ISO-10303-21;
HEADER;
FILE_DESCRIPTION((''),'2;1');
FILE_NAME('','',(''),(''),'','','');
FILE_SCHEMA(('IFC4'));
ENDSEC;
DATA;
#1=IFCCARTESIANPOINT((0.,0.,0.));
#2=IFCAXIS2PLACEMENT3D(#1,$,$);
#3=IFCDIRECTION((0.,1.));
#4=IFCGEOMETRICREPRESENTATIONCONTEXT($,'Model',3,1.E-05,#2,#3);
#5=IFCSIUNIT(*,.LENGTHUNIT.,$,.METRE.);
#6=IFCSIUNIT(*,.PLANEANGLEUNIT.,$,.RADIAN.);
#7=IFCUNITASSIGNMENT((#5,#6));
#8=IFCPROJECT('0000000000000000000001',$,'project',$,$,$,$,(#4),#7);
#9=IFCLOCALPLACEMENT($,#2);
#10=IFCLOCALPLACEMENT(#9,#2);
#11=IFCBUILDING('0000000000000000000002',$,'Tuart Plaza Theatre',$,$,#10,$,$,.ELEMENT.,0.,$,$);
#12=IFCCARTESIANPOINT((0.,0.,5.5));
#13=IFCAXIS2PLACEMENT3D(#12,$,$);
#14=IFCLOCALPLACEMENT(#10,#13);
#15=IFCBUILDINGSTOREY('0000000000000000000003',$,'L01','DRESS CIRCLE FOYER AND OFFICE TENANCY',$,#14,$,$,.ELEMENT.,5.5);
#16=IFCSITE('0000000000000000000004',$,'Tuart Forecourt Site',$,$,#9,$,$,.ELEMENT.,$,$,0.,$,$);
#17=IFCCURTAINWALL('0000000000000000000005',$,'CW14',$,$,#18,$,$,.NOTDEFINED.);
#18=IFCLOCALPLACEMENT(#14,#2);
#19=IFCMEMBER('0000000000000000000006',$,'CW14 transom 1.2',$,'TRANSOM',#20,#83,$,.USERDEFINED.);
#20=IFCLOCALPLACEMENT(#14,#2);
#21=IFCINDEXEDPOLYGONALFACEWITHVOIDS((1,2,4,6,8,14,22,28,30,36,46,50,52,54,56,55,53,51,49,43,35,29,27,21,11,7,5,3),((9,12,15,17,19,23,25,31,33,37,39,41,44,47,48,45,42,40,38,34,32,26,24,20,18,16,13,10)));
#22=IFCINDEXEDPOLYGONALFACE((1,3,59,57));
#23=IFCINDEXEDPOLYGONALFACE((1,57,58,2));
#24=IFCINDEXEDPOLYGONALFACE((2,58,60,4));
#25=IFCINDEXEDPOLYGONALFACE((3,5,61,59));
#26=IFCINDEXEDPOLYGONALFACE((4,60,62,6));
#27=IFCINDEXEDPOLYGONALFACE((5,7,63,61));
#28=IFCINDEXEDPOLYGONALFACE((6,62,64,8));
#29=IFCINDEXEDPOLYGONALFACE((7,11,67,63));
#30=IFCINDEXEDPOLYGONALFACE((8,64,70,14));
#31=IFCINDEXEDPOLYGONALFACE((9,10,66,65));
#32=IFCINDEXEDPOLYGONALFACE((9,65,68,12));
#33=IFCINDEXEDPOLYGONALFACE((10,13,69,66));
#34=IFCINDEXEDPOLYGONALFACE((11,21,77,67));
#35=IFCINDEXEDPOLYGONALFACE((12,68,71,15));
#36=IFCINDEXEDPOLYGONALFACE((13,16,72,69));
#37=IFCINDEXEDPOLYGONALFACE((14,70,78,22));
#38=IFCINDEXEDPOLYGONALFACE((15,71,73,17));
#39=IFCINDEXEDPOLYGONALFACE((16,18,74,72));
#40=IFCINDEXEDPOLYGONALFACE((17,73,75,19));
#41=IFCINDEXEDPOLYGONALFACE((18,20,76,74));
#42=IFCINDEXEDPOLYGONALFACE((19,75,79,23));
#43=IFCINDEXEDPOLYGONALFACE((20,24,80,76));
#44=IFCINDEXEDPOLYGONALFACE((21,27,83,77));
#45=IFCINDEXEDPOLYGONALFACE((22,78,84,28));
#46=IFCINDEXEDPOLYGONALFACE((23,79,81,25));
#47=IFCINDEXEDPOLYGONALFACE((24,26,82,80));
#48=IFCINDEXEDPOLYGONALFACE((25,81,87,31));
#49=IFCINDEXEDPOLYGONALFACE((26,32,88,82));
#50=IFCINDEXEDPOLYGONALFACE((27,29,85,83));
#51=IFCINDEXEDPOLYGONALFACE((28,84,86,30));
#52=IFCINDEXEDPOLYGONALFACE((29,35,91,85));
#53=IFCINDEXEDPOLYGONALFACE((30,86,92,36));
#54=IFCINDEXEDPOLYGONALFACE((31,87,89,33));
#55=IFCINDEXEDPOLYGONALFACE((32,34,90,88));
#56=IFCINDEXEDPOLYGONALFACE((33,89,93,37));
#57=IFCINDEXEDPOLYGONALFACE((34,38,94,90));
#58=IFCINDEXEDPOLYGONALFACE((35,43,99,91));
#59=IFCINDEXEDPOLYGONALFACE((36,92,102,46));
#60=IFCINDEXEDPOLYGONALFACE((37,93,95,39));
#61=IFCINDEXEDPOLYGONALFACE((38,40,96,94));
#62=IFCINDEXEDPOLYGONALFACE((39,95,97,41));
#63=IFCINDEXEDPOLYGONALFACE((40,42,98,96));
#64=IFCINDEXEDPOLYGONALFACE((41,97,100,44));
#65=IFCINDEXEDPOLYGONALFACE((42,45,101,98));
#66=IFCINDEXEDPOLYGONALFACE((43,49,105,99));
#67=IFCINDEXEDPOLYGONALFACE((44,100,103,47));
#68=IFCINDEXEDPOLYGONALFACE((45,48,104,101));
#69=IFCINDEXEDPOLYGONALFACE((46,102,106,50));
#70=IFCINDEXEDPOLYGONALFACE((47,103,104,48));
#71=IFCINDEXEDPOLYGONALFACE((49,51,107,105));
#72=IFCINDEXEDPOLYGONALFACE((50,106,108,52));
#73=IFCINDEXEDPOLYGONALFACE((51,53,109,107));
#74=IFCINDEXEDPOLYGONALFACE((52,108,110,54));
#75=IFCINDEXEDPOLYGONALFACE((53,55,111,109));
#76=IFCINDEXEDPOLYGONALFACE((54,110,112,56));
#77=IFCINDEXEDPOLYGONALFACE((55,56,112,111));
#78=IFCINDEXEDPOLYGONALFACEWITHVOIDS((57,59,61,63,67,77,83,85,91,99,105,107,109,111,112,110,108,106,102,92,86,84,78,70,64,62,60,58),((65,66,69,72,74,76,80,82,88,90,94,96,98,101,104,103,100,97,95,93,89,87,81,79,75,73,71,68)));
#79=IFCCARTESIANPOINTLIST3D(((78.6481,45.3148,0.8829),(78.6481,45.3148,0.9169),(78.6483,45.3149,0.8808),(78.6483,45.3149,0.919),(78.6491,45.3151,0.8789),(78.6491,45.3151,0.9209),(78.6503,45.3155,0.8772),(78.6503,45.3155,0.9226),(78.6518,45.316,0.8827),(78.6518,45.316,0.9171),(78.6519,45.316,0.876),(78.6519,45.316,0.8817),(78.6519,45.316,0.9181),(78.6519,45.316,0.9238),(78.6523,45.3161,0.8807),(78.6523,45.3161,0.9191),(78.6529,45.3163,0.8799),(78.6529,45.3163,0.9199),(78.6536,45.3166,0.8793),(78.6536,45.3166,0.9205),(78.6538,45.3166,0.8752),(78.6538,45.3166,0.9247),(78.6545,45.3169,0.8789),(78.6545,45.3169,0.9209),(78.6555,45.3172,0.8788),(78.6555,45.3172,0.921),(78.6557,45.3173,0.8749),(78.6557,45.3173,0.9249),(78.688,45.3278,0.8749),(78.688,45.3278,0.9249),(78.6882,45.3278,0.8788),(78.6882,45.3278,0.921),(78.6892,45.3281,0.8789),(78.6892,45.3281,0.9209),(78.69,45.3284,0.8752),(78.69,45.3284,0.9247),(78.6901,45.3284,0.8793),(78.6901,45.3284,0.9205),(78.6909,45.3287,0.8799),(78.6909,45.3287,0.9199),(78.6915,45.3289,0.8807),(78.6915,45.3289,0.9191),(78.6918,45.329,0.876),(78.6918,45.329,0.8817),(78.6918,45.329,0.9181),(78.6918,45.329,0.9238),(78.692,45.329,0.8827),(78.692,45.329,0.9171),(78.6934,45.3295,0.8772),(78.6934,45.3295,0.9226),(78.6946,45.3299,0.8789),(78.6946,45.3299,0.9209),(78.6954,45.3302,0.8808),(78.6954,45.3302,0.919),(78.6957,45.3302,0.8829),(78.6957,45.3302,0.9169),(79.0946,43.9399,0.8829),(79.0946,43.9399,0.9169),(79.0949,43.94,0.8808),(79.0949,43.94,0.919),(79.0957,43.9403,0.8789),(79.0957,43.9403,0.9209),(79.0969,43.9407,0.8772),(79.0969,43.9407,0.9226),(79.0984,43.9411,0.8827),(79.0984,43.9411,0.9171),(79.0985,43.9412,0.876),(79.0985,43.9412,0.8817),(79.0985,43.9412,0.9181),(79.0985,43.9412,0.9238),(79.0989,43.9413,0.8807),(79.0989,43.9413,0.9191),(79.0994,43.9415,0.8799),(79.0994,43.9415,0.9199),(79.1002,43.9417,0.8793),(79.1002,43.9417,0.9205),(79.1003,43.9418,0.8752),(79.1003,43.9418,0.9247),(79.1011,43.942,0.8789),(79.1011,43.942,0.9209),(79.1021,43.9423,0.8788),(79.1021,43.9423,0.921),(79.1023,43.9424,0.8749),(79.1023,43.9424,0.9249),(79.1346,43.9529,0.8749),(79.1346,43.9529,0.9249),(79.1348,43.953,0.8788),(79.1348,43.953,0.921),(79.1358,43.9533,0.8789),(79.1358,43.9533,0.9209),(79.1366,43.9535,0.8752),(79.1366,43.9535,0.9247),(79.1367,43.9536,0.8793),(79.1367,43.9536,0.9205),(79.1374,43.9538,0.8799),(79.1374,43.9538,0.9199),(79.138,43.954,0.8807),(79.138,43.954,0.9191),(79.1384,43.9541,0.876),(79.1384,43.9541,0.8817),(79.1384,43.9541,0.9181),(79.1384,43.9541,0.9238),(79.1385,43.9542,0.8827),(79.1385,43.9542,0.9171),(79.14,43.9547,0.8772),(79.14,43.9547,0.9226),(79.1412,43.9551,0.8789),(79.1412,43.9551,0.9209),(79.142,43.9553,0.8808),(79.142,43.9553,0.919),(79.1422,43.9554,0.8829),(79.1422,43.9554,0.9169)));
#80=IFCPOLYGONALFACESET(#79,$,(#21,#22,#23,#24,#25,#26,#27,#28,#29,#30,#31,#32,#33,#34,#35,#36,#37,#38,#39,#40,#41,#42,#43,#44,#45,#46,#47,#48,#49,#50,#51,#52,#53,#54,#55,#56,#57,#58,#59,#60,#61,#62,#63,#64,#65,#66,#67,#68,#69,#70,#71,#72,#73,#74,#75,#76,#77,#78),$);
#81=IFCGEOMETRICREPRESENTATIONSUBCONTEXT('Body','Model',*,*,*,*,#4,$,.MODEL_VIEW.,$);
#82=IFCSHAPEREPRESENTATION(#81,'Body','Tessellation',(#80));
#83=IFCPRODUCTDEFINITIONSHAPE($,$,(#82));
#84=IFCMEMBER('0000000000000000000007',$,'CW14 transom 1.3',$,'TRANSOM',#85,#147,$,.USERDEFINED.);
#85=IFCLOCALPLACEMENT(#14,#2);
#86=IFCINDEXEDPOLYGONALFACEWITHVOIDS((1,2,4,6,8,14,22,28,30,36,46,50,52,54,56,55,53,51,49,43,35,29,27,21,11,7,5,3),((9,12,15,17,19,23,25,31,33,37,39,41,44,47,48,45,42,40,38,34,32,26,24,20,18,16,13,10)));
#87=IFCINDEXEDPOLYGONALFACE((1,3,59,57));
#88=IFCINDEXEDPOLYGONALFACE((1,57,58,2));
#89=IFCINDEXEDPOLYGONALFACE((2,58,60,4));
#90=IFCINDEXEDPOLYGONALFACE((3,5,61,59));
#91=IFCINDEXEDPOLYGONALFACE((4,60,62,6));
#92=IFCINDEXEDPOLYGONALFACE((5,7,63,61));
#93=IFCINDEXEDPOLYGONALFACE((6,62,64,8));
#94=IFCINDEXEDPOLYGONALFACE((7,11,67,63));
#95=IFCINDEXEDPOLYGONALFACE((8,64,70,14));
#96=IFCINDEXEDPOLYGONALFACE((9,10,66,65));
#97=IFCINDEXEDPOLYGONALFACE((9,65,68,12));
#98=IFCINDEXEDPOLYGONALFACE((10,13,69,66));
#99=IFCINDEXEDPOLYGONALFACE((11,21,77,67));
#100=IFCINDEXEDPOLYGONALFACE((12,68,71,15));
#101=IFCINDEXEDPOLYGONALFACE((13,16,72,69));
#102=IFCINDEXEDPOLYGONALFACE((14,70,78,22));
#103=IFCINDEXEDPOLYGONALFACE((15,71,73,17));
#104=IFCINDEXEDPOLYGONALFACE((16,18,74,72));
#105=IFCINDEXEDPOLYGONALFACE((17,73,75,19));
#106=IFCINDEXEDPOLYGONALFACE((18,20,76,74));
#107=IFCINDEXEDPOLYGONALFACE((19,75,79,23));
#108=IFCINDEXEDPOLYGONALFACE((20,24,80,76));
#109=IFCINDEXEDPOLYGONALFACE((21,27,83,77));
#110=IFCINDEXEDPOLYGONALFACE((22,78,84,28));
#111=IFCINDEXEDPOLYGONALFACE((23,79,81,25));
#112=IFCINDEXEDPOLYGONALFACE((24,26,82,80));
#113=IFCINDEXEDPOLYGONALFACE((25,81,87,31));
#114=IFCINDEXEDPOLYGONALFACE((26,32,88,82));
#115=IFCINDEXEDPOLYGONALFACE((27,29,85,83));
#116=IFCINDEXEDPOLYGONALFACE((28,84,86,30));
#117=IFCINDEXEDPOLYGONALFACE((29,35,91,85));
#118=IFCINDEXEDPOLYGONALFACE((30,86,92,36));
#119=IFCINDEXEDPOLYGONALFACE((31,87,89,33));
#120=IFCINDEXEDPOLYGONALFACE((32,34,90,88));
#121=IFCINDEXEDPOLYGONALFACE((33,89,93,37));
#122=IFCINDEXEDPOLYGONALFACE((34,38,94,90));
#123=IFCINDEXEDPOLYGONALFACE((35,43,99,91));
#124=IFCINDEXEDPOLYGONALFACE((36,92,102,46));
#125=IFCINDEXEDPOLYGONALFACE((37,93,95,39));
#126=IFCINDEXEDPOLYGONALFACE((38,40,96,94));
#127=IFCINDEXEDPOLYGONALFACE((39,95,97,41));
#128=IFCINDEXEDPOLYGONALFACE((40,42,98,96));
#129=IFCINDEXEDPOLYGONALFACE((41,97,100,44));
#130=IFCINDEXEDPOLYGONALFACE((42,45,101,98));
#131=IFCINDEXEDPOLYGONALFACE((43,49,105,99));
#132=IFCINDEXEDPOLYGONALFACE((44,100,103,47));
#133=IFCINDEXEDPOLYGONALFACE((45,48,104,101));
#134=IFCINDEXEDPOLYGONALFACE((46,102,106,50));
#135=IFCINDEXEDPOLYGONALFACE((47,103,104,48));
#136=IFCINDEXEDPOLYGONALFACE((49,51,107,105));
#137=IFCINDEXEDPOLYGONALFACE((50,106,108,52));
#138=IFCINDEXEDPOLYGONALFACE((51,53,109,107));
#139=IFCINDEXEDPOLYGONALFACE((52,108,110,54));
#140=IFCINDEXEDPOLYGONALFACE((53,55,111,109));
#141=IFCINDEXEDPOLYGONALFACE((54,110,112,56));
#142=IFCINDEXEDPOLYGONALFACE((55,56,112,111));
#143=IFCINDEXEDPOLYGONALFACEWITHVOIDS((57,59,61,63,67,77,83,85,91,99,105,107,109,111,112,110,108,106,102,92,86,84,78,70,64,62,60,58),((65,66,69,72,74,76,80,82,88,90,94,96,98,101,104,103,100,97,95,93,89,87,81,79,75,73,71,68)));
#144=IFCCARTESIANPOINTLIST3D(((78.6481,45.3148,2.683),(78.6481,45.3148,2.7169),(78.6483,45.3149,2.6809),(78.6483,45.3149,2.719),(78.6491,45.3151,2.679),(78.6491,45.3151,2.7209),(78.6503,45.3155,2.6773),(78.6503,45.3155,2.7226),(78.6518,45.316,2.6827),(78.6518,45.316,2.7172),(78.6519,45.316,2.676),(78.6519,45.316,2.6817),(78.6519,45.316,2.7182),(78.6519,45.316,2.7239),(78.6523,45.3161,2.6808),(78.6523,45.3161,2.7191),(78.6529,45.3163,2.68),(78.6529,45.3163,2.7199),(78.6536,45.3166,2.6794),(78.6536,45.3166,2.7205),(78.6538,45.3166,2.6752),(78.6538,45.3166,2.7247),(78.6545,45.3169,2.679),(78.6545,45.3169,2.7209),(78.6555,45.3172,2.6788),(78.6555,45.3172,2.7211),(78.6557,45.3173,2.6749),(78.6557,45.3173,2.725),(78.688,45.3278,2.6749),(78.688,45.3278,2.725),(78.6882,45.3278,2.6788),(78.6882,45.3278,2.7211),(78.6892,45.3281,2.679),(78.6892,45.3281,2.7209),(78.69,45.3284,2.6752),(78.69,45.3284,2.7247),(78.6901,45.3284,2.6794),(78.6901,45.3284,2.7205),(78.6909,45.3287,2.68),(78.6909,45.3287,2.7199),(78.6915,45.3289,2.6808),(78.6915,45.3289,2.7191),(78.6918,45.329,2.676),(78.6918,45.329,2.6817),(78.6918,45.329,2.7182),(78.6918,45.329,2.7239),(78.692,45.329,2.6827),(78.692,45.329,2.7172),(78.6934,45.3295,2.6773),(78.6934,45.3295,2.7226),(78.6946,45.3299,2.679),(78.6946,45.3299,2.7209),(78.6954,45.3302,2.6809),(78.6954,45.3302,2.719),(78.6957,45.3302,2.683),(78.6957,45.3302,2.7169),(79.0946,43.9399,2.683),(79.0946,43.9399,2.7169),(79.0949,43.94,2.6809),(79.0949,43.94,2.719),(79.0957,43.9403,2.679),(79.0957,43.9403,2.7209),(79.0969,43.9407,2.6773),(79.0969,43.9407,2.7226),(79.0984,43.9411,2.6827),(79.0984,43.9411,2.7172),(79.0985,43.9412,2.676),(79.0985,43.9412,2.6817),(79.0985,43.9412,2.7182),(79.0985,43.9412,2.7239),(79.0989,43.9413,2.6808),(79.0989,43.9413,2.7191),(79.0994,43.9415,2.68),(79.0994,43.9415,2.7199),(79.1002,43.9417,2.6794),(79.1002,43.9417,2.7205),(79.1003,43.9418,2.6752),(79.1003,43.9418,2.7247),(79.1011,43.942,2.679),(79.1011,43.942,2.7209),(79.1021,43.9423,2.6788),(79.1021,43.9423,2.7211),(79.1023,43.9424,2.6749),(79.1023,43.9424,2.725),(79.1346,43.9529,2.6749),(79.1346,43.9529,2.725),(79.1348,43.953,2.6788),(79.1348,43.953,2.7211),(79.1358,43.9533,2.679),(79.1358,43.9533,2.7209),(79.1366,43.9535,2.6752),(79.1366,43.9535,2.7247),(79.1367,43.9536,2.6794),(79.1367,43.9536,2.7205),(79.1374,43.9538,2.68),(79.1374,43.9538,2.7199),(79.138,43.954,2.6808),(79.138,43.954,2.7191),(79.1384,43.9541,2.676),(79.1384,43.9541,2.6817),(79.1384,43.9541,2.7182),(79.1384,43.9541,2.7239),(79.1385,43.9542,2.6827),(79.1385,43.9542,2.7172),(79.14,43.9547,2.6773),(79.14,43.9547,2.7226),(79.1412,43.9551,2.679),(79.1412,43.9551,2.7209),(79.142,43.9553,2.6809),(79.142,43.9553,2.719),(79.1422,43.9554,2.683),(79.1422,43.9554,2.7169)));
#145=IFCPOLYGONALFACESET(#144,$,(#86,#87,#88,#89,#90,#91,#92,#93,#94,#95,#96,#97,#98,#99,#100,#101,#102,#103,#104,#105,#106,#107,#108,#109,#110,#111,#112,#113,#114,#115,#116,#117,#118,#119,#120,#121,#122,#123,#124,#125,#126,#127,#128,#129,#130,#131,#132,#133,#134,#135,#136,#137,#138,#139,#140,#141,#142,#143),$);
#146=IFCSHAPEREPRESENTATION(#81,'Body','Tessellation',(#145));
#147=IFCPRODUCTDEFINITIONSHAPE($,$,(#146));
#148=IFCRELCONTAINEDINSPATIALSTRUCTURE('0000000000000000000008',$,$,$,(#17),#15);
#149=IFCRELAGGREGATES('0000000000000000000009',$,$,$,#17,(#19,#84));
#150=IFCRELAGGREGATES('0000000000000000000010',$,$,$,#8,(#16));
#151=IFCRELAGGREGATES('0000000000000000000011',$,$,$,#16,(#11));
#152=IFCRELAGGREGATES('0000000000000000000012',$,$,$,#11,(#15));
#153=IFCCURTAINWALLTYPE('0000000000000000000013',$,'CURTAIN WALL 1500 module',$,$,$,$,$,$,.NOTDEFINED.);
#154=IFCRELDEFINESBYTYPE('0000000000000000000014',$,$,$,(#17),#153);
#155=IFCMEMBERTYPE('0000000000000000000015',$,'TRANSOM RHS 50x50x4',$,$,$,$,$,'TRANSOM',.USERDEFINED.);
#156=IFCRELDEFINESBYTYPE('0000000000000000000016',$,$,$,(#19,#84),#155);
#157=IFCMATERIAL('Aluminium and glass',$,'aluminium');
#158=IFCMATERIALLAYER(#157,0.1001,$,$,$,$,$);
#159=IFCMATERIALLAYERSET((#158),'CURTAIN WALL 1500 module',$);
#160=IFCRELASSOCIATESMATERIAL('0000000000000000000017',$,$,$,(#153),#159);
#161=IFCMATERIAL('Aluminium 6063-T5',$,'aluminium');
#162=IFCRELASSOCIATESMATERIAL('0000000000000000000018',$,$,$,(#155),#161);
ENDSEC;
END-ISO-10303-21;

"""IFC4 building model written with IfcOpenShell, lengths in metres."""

from ifc_helpers import new_model, si_unit, direction, frame, origin, origin_2d, place, context, subcontext, project, spatial, hollow_rectangle, extrude, material, layer, layer_set, material_profile, profile_set, type_object, element, aggregate, save


model = new_model("IFC4")

# Units and contexts
model_context = context("Model", 3, precision=1e-05, world=origin(), true_north=direction((0.0, 1.0)))
body_context = subcontext(model_context, "Body", "Model", "MODEL_VIEW")
ifc_project = project(units=[si_unit("LENGTHUNIT", "METRE"), si_unit("PLANEANGLEUNIT", "RADIAN")], contexts=[model_context])

# Site, building, storey
site_placement = place(None, origin())
site = spatial("IfcSite", under=ifc_project, at=site_placement, Name="Tuart Forecourt Site", CompositionType="ELEMENT", RefElevation=0.0)
building_placement = place(site_placement, origin())
building = spatial("IfcBuilding", under=site, at=building_placement, Name="Tuart Plaza Theatre", CompositionType="ELEMENT", ElevationOfRefHeight=0.0)
storey_placement = place(building_placement, frame((0.0, 0.0, 5.5)))
storey = spatial("IfcBuildingStorey", under=building, at=storey_placement, Name="L01", Description="DRESS CIRCLE FOYER AND OFFICE TENANCY", CompositionType="ELEMENT", Elevation=5.5)

# Curtain wall, members
ifc_material_1 = material(Name="Aluminium and glass", Category="aluminium")
ifc_layer_1 = layer(ifc_material_1, 0.1001)
ifc_layer_set_1 = layer_set([ifc_layer_1], Name="CURTAIN WALL 1500 module")
curtain_wall_type = type_object("IfcCurtainWallType", Name="CURTAIN WALL 1500 module", PredefinedType="NOTDEFINED", material=ifc_layer_set_1)
curtain_wall_placement = place(storey_placement, origin())
curtain_wall = element("IfcCurtainWall", 1, at=curtain_wall_placement, inside=storey, type_object=curtain_wall_type, Name="CW14", PredefinedType="NOTDEFINED")
ifc_material_2 = material(Name="Aluminium 6063-T5", Category="aluminium")
ifc_material_profile_1 = material_profile(ifc_material_2, hollow_rectangle(XDim=0.05, YDim=0.05, WallThickness=0.0039, InnerFilletRadius=0.0039, OuterFilletRadius=0.0081, at=origin_2d()), Name="RHS 50x50x4")
ifc_profile_set_1 = profile_set([ifc_material_profile_1], Name="Aluminium 6063-T5")
member_type_1 = type_object("IfcMemberType", Name="TRANSOM RHS 50x50x4", ElementType="TRANSOM", PredefinedType="USERDEFINED", material=ifc_profile_set_1)
member_1_placement = place(storey_placement, frame((78.6719, 45.3225, 0.8999), z_axis=(0.308922, -0.951087, 0.0), x_axis=(0.951087, 0.308922, 0.0)))
member_1 = element("IfcMember", 2, at=member_1_placement, type_object=member_type_1, Name="CW14 transom 1.2", ObjectType="TRANSOM", PredefinedType="USERDEFINED", context=body_context, shape_type="SweptSolid", body=[
    extrude(hollow_rectangle(XDim=0.05, YDim=0.05, WallThickness=0.0039, InnerFilletRadius=0.0039, OuterFilletRadius=0.0081, at=origin_2d()), origin(), (0.0, 0.0, 1.0), 1.4456),
])
member_2_placement = place(storey_placement, frame((78.6719, 45.3225, 2.7), z_axis=(0.308922, -0.951087, 0.0), x_axis=(0.951087, 0.308922, 0.0)))
member_2 = element("IfcMember", 3, at=member_2_placement, type_object=member_type_1, Name="CW14 transom 1.3", ObjectType="TRANSOM", PredefinedType="USERDEFINED", context=body_context, shape_type="SweptSolid", body=[
    extrude(hollow_rectangle(XDim=0.05, YDim=0.05, WallThickness=0.0039, InnerFilletRadius=0.0039, OuterFilletRadius=0.0081, at=origin_2d()), origin(), (0.0, 0.0, 1.0), 1.4456),
])
aggregate(curtain_wall, [member_1, member_2])

save(model, "model.ifc")
